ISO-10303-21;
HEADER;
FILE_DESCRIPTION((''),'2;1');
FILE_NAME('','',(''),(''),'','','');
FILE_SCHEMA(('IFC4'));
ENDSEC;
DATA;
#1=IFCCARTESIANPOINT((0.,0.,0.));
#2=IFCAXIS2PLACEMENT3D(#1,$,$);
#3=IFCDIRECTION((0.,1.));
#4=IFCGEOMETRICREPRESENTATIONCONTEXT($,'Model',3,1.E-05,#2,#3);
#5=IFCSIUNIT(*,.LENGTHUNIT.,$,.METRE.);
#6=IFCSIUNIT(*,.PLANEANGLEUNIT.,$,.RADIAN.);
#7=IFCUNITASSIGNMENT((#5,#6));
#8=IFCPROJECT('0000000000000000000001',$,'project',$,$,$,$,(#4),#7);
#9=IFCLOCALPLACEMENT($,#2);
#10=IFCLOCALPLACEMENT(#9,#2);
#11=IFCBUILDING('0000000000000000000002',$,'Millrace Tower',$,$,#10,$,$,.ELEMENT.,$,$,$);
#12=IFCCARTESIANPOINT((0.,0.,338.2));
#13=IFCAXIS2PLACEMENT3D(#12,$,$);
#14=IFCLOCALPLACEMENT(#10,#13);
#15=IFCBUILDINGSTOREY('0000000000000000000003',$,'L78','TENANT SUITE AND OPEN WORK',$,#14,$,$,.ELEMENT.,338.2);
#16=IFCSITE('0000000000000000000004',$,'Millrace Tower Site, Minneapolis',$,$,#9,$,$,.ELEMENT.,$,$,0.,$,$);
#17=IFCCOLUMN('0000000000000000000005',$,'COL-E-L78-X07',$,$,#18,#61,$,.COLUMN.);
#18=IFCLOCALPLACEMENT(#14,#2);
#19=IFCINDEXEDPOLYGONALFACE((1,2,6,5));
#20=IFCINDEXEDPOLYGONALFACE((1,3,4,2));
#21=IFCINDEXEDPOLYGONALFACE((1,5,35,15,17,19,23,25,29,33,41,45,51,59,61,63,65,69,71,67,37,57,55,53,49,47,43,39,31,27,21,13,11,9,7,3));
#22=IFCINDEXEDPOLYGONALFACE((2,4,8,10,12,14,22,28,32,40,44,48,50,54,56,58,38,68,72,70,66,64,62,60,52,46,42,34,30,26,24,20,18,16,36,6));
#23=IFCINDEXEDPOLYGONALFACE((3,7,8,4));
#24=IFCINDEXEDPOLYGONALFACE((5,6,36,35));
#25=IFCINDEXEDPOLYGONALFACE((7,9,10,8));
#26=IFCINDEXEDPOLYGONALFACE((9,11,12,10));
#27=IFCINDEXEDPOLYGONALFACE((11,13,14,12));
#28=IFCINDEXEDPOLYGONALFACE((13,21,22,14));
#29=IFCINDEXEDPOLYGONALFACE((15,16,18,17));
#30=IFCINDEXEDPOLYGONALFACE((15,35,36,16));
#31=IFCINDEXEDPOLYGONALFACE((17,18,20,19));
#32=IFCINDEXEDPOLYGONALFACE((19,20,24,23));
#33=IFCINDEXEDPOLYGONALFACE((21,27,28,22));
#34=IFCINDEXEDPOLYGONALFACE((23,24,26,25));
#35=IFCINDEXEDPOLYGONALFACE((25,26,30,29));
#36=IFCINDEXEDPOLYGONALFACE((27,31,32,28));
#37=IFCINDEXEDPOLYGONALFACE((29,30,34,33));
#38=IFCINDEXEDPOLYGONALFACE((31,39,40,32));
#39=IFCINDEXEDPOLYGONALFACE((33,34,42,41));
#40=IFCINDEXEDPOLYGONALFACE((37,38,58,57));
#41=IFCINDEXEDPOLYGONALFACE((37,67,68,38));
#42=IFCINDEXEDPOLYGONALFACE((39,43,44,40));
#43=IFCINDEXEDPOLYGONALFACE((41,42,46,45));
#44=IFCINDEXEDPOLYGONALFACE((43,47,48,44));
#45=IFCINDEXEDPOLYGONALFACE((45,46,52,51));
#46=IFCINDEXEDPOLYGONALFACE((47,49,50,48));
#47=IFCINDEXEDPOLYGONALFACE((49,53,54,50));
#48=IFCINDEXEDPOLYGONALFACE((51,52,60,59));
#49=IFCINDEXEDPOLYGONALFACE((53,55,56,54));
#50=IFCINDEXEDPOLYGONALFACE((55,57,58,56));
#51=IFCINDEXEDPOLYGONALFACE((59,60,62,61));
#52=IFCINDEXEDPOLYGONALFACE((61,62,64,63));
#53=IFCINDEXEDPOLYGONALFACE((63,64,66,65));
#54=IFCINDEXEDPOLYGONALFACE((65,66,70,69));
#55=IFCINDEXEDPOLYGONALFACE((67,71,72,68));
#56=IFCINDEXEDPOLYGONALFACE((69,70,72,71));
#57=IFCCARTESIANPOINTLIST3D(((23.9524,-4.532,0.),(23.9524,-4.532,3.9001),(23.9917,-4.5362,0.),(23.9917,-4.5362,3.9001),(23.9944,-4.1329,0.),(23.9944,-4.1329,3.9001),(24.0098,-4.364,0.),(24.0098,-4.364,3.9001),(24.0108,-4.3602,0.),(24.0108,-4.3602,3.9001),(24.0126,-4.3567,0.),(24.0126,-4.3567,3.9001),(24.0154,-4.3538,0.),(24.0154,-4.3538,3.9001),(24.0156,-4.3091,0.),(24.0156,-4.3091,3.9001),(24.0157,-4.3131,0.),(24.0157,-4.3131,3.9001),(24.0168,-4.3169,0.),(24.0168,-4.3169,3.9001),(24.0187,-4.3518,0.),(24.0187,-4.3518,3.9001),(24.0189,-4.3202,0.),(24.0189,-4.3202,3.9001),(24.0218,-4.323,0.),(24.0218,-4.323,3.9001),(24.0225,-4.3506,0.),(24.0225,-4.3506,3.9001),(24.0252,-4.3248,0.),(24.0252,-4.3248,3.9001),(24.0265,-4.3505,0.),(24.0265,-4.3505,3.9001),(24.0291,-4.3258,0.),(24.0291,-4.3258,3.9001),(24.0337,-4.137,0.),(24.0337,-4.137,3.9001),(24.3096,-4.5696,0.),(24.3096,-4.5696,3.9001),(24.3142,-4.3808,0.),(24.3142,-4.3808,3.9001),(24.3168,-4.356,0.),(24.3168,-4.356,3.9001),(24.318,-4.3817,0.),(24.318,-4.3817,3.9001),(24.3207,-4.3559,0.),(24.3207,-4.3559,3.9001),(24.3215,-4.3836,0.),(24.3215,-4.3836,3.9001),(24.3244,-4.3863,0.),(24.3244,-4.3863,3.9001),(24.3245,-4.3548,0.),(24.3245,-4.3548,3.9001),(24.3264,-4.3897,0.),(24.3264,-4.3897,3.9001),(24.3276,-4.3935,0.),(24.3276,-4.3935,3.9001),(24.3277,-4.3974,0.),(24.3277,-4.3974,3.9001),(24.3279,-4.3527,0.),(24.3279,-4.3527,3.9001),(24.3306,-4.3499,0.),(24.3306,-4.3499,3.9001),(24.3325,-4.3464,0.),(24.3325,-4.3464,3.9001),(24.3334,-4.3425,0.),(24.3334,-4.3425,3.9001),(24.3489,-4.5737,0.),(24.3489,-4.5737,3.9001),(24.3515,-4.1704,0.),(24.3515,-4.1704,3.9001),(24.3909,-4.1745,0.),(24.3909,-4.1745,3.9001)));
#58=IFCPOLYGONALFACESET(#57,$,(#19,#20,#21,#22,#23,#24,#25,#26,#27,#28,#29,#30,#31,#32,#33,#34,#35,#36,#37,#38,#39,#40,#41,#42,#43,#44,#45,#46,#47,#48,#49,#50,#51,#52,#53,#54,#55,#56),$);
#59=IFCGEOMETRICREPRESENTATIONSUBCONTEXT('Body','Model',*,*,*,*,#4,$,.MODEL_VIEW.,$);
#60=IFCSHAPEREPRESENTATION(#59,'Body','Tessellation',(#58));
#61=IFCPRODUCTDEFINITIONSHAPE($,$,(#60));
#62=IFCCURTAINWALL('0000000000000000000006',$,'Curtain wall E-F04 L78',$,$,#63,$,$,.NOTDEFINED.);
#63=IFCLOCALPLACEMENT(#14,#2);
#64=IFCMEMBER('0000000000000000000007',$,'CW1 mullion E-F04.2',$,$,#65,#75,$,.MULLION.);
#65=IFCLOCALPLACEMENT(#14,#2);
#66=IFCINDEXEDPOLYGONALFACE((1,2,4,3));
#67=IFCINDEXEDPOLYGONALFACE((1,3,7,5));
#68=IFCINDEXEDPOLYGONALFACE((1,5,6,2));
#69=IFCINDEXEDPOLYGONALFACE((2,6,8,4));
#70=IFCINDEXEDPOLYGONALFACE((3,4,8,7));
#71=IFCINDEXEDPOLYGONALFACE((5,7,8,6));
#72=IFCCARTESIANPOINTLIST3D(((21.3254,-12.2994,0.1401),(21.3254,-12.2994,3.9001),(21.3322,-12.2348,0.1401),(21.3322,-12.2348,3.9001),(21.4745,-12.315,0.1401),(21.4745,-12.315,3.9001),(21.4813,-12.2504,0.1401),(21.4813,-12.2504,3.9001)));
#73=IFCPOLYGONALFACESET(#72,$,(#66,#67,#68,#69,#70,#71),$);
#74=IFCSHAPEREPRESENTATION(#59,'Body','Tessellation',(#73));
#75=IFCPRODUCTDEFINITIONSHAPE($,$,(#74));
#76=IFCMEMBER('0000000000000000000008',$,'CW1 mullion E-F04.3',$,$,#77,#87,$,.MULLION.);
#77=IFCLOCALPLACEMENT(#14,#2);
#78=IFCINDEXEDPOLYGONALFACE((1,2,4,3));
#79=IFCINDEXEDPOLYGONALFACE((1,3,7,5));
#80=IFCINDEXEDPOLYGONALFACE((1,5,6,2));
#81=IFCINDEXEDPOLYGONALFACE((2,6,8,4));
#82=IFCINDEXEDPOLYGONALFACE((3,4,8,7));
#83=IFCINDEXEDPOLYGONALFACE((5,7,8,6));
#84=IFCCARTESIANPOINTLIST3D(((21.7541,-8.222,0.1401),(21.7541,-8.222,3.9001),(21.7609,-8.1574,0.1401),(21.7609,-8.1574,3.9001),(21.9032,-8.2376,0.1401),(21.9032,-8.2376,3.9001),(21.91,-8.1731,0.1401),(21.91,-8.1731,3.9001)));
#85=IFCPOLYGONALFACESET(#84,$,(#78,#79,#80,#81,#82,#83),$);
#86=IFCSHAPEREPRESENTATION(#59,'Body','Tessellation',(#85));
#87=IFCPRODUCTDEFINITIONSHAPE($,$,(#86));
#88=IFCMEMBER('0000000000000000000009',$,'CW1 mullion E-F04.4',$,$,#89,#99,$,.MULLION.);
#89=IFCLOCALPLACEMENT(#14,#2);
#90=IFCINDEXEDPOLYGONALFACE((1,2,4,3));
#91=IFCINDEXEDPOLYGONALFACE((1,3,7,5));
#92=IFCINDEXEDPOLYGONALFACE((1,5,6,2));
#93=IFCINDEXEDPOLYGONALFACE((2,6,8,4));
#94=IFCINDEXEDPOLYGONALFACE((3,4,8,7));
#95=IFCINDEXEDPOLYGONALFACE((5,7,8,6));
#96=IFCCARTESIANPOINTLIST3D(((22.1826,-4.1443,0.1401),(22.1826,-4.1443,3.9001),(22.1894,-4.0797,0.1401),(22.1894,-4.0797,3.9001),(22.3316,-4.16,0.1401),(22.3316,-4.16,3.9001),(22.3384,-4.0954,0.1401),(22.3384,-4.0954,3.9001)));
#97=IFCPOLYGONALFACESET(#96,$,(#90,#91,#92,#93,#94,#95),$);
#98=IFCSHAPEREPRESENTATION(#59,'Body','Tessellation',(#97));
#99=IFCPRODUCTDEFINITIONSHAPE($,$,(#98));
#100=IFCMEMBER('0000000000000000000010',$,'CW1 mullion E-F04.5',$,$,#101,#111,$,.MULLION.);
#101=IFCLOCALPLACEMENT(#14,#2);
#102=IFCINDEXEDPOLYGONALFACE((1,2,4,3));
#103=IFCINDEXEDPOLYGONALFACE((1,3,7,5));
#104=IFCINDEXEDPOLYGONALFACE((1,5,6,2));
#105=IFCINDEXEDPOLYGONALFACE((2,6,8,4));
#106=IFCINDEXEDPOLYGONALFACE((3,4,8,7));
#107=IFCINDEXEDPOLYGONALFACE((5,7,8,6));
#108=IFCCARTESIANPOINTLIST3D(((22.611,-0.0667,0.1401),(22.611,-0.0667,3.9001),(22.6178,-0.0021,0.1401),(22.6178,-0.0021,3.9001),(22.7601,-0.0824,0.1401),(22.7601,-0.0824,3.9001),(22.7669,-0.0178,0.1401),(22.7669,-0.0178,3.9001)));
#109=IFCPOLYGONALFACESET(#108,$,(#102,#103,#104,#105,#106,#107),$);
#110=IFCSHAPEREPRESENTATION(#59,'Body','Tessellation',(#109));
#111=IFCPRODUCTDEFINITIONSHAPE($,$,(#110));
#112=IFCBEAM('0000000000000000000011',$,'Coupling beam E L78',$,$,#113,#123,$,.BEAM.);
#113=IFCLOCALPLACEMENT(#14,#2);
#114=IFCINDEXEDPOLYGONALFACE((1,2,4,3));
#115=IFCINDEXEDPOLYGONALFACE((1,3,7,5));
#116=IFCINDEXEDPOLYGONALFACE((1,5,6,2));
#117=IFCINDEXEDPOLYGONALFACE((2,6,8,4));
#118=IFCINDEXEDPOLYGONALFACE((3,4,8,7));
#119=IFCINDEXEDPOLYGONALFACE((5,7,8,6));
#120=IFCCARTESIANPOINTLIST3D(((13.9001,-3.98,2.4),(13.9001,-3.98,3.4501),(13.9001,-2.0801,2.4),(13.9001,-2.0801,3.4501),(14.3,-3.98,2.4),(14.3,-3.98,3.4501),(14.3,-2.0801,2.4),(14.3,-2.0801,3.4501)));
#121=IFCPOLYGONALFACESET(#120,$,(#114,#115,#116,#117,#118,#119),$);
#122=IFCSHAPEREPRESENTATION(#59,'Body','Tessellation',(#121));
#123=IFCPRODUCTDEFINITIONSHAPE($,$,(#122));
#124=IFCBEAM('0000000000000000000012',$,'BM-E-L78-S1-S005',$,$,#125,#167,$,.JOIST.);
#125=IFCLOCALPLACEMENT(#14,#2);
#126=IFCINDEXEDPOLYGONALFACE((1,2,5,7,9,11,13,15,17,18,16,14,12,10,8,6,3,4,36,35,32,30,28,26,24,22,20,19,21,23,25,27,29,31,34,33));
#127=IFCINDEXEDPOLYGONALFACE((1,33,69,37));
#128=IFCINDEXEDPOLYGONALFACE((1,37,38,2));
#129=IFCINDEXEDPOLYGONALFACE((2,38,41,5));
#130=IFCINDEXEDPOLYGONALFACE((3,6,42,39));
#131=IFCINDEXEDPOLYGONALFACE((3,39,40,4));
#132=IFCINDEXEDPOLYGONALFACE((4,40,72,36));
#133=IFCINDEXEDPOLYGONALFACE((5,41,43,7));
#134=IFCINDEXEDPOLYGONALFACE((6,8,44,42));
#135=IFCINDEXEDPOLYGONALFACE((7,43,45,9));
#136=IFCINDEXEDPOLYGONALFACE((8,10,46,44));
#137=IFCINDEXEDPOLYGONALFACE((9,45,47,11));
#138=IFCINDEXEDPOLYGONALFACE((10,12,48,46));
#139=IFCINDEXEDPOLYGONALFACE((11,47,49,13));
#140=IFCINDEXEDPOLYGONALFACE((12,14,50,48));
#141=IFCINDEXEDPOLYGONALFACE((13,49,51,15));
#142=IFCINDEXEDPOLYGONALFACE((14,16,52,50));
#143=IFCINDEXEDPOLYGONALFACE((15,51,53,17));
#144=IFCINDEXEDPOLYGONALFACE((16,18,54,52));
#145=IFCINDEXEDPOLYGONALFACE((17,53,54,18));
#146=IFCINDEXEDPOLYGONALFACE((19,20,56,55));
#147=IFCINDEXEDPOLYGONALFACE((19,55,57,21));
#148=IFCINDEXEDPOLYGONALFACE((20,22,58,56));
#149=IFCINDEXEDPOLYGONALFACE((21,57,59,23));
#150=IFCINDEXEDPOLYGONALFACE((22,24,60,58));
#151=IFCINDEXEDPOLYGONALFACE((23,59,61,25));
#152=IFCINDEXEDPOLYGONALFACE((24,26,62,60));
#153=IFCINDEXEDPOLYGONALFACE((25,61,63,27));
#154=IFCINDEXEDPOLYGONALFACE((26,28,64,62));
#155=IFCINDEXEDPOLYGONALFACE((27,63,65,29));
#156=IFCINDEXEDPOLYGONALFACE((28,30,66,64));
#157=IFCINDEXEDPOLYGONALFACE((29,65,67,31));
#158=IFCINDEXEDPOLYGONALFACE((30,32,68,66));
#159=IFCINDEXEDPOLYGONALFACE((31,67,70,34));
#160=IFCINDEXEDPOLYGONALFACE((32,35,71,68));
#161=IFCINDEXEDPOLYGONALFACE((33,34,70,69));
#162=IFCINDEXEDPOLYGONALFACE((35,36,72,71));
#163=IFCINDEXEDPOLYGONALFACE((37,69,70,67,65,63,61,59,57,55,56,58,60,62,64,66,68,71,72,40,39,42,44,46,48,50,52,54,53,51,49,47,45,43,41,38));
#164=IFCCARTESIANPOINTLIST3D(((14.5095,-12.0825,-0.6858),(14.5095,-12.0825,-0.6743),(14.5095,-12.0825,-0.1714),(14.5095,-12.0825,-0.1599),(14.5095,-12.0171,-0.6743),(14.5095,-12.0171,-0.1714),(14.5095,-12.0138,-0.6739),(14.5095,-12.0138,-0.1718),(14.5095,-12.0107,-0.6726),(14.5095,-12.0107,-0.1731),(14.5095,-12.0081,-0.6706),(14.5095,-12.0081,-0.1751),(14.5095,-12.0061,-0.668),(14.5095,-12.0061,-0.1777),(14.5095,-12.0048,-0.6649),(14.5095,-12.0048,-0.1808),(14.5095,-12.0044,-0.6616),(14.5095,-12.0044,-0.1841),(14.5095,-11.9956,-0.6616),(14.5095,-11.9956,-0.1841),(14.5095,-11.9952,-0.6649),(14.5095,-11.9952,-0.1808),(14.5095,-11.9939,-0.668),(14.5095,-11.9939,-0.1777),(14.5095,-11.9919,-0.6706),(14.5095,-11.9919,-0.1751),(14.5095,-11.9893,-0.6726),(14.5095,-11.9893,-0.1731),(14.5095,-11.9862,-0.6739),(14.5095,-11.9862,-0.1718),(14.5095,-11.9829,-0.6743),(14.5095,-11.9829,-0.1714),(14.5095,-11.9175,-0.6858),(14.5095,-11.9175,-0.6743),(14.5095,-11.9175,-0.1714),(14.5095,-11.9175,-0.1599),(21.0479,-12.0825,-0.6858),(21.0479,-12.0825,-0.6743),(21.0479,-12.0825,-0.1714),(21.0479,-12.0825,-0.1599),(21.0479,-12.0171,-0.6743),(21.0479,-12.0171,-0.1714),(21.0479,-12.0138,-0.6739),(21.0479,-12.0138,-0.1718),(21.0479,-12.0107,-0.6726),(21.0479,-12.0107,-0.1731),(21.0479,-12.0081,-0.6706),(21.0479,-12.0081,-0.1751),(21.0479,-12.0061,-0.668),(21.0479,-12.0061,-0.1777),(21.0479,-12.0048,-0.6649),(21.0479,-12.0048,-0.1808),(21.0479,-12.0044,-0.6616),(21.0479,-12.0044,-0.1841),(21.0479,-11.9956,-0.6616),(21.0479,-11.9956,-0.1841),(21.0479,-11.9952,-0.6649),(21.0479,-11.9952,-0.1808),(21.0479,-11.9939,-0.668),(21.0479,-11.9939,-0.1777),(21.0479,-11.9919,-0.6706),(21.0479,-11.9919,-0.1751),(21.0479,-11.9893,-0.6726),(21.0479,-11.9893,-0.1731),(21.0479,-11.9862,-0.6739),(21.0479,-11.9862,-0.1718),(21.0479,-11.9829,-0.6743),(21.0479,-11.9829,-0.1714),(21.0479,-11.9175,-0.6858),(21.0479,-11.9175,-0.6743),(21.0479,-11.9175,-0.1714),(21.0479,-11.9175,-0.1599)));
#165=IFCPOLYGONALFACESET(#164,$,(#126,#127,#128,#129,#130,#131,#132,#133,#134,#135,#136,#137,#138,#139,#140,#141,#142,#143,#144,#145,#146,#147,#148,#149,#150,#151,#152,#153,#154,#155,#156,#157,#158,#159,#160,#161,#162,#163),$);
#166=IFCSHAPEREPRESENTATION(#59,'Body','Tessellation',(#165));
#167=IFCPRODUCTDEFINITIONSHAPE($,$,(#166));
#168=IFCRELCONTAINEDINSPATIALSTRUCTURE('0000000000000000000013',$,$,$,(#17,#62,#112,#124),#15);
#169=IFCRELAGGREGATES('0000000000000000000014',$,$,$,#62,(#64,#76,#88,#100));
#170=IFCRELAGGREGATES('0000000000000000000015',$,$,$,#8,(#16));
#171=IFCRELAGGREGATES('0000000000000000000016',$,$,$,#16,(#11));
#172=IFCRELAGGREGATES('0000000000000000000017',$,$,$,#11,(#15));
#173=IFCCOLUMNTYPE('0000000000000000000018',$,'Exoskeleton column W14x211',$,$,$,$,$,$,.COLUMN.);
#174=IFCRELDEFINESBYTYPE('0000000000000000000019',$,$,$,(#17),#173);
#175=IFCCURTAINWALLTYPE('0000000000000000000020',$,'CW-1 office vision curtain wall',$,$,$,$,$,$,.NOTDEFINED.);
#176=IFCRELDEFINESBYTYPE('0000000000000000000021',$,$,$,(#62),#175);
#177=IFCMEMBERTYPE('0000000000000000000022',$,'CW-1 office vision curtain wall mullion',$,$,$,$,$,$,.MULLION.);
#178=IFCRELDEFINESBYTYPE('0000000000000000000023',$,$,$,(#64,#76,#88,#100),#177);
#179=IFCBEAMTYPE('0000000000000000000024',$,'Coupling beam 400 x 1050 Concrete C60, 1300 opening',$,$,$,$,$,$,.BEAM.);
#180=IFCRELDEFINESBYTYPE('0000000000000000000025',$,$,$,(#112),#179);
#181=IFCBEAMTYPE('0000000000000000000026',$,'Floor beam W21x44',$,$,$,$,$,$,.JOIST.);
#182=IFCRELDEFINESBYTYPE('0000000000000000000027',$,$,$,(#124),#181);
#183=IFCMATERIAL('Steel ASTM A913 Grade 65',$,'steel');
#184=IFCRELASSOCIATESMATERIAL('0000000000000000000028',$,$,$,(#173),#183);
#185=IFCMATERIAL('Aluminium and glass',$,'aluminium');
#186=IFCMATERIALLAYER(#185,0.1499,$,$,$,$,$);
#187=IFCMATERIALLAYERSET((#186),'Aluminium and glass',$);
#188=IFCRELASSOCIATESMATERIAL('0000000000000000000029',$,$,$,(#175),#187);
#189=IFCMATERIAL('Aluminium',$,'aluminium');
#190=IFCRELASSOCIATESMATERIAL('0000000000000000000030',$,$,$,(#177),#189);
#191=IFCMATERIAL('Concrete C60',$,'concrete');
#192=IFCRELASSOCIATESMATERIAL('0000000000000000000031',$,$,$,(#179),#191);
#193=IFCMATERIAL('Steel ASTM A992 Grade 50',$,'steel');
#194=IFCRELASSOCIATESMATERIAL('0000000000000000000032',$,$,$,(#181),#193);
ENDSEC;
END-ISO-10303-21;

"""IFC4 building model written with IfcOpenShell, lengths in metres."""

from ifc_helpers import new_model, si_unit, direction, frame, origin, origin_2d, place, context, subcontext, project, spatial, rectangle, i_section, extrude, material, layer, layer_set, material_profile, profile_set, type_object, element, aggregate, save


model = new_model("IFC4")

# Units and contexts
model_context = context("Model", 3, precision=1e-05, world=origin(), true_north=direction((0.0, 1.0)))
body_context = subcontext(model_context, "Body", "Model", "MODEL_VIEW")
ifc_project = project(units=[si_unit("LENGTHUNIT", "METRE"), si_unit("PLANEANGLEUNIT", "RADIAN")], contexts=[model_context])

# Site, building, storey
site_placement = place(None, origin())
site = spatial("IfcSite", under=ifc_project, at=site_placement, Name="Millrace Tower Site, Minneapolis", CompositionType="ELEMENT", RefElevation=0.0)
building_placement = place(site_placement, origin())
building = spatial("IfcBuilding", under=site, at=building_placement, Name="Millrace Tower", CompositionType="ELEMENT")
storey_placement = place(building_placement, frame((0.0, 0.0, 338.2)))
storey = spatial("IfcBuildingStorey", under=building, at=storey_placement, Name="L78", Description="TENANT SUITE AND OPEN WORK", CompositionType="ELEMENT", Elevation=338.2)

# Column
ifc_material_1 = material(Name="Steel ASTM A913 Grade 65", Category="steel")
ifc_material_profile_1 = material_profile(ifc_material_1, i_section(OverallWidth=0.4014, OverallDepth=0.3987, WebThickness=0.0249, FlangeThickness=0.0396, FilletRadius=0.0151, at=origin_2d()))
ifc_profile_set_1 = profile_set([ifc_material_profile_1], Name="Steel ASTM A913 Grade 65")
column_type = type_object("IfcColumnType", Name="Exoskeleton column W14x211", PredefinedType="COLUMN", material=ifc_profile_set_1)
column_placement = place(storey_placement, frame((24.1716, -4.3533, 0.0), z_axis=(0.0, 0.0, 1.0), x_axis=(0.104528, 0.994522, 0.0)))
element("IfcColumn", 1, at=column_placement, inside=storey, type_object=column_type, Name="COL-E-L78-X07", PredefinedType="COLUMN", context=body_context, shape_type="SweptSolid", body=[
    extrude(i_section(OverallWidth=0.4014, OverallDepth=0.3987, WebThickness=0.0249, FlangeThickness=0.0396, FilletRadius=0.0151, at=origin_2d()), origin(), (0.0, 0.0, 1.0), 3.9001),
])

# Curtain wall, members
ifc_material_2 = material(Name="Aluminium and glass", Category="aluminium")
ifc_layer_1 = layer(ifc_material_2, 0.1499)
ifc_layer_set_1 = layer_set([ifc_layer_1], Name="Aluminium and glass")
curtain_wall_type = type_object("IfcCurtainWallType", Name="CW-1 office vision curtain wall", PredefinedType="NOTDEFINED", material=ifc_layer_set_1)
placement = place(storey_placement, origin())
curtain_wall = element("IfcCurtainWall", 2, at=placement, inside=storey, type_object=curtain_wall_type, Name="Curtain wall E-F04 L78", PredefinedType="NOTDEFINED")
ifc_material_3 = material(Name="Aluminium", Category="aluminium")
ifc_material_profile_2 = material_profile(ifc_material_3, rectangle(XDim=0.0649, YDim=0.1499, at=origin_2d()))
ifc_profile_set_2 = profile_set([ifc_material_profile_2], Name="Aluminium")
member_type = type_object("IfcMemberType", Name="CW-1 office vision curtain wall mullion", PredefinedType="MULLION", material=ifc_profile_set_2)
member_1_placement = place(storey_placement, frame((21.4033, -12.2749, 0.1401), z_axis=(0.0, 0.0, 1.0), x_axis=(0.104528, 0.994522, 0.0)))
member_1 = element("IfcMember", 3, at=member_1_placement, type_object=member_type, Name="CW1 mullion E-F04.2", PredefinedType="MULLION", context=body_context, shape_type="SweptSolid", body=[
    extrude(rectangle(XDim=0.0649, YDim=0.1499, at=origin_2d()), origin(), (0.0, 0.0, 1.0), 3.76),
])
member_2_placement = place(storey_placement, frame((21.832, -8.1975, 0.1401), z_axis=(0.0, 0.0, 1.0), x_axis=(0.104528, 0.994522, 0.0)))
member_2 = element("IfcMember", 4, at=member_2_placement, type_object=member_type, Name="CW1 mullion E-F04.3", PredefinedType="MULLION", context=body_context, shape_type="SweptSolid", body=[
    extrude(rectangle(XDim=0.0649, YDim=0.1499, at=origin_2d()), origin(), (0.0, 0.0, 1.0), 3.76),
])
member_3_placement = place(storey_placement, frame((22.2605, -4.1199, 0.1401), z_axis=(0.0, 0.0, 1.0), x_axis=(0.104528, 0.994522, 0.0)))
member_3 = element("IfcMember", 5, at=member_3_placement, type_object=member_type, Name="CW1 mullion E-F04.4", PredefinedType="MULLION", context=body_context, shape_type="SweptSolid", body=[
    extrude(rectangle(XDim=0.0649, YDim=0.1499, at=origin_2d()), origin(), (0.0, 0.0, 1.0), 3.76),
])
member_4_placement = place(storey_placement, frame((22.689, -0.0422, 0.1401), z_axis=(0.0, 0.0, 1.0), x_axis=(0.104528, 0.994522, 0.0)))
member_4 = element("IfcMember", 6, at=member_4_placement, type_object=member_type, Name="CW1 mullion E-F04.5", PredefinedType="MULLION", context=body_context, shape_type="SweptSolid", body=[
    extrude(rectangle(XDim=0.0649, YDim=0.1499, at=origin_2d()), origin(), (0.0, 0.0, 1.0), 3.76),
])
aggregate(curtain_wall, [member_1, member_2, member_3, member_4])

# Beams
ifc_material_4 = material(Name="Concrete C60", Category="concrete")
ifc_material_profile_3 = material_profile(ifc_material_4, rectangle(XDim=0.3999, YDim=1.05, at=origin_2d()))
ifc_profile_set_3 = profile_set([ifc_material_profile_3], Name="Concrete C60")
beam_type_1 = type_object("IfcBeamType", Name="Coupling beam 400 x 1050 Concrete C60, 1300 opening", PredefinedType="BEAM", material=ifc_profile_set_3)
beam_1_placement = place(storey_placement, frame((14.1001, -2.0801, 2.925), z_axis=(0.0, -1.0, 0.0), x_axis=(1.0, 0.0, 0.0)))
element("IfcBeam", 7, at=beam_1_placement, inside=storey, type_object=beam_type_1, Name="Coupling beam E L78", PredefinedType="BEAM", context=body_context, shape_type="SweptSolid", body=[
    extrude(rectangle(XDim=0.3999, YDim=1.05, at=origin_2d()), origin(), (0.0, 0.0, 1.0), 1.8999),
])
ifc_material_5 = material(Name="Steel ASTM A992 Grade 50", Category="steel")
ifc_material_profile_4 = material_profile(ifc_material_5, i_section(OverallWidth=0.165, OverallDepth=0.5259, WebThickness=0.0088, FlangeThickness=0.0115, FilletRadius=0.0127, at=origin_2d()))
ifc_profile_set_4 = profile_set([ifc_material_profile_4], Name="Steel ASTM A992 Grade 50")
beam_type_2 = type_object("IfcBeamType", Name="Floor beam W21x44", PredefinedType="JOIST", material=ifc_profile_set_4)
beam_2_placement = place(storey_placement, frame((14.5095, -12.0, -0.4229), z_axis=(1.0, 0.0, 0.0), x_axis=(0.0, 1.0, 0.0)))
element("IfcBeam", 8, at=beam_2_placement, inside=storey, type_object=beam_type_2, Name="BM-E-L78-S1-S005", PredefinedType="JOIST", context=body_context, shape_type="SweptSolid", body=[
    extrude(i_section(OverallWidth=0.165, OverallDepth=0.5259, WebThickness=0.0088, FlangeThickness=0.0115, FilletRadius=0.0127, at=origin_2d()), origin(), (0.0, 0.0, 1.0), 6.5383),
])

save(model, "model.ifc")
